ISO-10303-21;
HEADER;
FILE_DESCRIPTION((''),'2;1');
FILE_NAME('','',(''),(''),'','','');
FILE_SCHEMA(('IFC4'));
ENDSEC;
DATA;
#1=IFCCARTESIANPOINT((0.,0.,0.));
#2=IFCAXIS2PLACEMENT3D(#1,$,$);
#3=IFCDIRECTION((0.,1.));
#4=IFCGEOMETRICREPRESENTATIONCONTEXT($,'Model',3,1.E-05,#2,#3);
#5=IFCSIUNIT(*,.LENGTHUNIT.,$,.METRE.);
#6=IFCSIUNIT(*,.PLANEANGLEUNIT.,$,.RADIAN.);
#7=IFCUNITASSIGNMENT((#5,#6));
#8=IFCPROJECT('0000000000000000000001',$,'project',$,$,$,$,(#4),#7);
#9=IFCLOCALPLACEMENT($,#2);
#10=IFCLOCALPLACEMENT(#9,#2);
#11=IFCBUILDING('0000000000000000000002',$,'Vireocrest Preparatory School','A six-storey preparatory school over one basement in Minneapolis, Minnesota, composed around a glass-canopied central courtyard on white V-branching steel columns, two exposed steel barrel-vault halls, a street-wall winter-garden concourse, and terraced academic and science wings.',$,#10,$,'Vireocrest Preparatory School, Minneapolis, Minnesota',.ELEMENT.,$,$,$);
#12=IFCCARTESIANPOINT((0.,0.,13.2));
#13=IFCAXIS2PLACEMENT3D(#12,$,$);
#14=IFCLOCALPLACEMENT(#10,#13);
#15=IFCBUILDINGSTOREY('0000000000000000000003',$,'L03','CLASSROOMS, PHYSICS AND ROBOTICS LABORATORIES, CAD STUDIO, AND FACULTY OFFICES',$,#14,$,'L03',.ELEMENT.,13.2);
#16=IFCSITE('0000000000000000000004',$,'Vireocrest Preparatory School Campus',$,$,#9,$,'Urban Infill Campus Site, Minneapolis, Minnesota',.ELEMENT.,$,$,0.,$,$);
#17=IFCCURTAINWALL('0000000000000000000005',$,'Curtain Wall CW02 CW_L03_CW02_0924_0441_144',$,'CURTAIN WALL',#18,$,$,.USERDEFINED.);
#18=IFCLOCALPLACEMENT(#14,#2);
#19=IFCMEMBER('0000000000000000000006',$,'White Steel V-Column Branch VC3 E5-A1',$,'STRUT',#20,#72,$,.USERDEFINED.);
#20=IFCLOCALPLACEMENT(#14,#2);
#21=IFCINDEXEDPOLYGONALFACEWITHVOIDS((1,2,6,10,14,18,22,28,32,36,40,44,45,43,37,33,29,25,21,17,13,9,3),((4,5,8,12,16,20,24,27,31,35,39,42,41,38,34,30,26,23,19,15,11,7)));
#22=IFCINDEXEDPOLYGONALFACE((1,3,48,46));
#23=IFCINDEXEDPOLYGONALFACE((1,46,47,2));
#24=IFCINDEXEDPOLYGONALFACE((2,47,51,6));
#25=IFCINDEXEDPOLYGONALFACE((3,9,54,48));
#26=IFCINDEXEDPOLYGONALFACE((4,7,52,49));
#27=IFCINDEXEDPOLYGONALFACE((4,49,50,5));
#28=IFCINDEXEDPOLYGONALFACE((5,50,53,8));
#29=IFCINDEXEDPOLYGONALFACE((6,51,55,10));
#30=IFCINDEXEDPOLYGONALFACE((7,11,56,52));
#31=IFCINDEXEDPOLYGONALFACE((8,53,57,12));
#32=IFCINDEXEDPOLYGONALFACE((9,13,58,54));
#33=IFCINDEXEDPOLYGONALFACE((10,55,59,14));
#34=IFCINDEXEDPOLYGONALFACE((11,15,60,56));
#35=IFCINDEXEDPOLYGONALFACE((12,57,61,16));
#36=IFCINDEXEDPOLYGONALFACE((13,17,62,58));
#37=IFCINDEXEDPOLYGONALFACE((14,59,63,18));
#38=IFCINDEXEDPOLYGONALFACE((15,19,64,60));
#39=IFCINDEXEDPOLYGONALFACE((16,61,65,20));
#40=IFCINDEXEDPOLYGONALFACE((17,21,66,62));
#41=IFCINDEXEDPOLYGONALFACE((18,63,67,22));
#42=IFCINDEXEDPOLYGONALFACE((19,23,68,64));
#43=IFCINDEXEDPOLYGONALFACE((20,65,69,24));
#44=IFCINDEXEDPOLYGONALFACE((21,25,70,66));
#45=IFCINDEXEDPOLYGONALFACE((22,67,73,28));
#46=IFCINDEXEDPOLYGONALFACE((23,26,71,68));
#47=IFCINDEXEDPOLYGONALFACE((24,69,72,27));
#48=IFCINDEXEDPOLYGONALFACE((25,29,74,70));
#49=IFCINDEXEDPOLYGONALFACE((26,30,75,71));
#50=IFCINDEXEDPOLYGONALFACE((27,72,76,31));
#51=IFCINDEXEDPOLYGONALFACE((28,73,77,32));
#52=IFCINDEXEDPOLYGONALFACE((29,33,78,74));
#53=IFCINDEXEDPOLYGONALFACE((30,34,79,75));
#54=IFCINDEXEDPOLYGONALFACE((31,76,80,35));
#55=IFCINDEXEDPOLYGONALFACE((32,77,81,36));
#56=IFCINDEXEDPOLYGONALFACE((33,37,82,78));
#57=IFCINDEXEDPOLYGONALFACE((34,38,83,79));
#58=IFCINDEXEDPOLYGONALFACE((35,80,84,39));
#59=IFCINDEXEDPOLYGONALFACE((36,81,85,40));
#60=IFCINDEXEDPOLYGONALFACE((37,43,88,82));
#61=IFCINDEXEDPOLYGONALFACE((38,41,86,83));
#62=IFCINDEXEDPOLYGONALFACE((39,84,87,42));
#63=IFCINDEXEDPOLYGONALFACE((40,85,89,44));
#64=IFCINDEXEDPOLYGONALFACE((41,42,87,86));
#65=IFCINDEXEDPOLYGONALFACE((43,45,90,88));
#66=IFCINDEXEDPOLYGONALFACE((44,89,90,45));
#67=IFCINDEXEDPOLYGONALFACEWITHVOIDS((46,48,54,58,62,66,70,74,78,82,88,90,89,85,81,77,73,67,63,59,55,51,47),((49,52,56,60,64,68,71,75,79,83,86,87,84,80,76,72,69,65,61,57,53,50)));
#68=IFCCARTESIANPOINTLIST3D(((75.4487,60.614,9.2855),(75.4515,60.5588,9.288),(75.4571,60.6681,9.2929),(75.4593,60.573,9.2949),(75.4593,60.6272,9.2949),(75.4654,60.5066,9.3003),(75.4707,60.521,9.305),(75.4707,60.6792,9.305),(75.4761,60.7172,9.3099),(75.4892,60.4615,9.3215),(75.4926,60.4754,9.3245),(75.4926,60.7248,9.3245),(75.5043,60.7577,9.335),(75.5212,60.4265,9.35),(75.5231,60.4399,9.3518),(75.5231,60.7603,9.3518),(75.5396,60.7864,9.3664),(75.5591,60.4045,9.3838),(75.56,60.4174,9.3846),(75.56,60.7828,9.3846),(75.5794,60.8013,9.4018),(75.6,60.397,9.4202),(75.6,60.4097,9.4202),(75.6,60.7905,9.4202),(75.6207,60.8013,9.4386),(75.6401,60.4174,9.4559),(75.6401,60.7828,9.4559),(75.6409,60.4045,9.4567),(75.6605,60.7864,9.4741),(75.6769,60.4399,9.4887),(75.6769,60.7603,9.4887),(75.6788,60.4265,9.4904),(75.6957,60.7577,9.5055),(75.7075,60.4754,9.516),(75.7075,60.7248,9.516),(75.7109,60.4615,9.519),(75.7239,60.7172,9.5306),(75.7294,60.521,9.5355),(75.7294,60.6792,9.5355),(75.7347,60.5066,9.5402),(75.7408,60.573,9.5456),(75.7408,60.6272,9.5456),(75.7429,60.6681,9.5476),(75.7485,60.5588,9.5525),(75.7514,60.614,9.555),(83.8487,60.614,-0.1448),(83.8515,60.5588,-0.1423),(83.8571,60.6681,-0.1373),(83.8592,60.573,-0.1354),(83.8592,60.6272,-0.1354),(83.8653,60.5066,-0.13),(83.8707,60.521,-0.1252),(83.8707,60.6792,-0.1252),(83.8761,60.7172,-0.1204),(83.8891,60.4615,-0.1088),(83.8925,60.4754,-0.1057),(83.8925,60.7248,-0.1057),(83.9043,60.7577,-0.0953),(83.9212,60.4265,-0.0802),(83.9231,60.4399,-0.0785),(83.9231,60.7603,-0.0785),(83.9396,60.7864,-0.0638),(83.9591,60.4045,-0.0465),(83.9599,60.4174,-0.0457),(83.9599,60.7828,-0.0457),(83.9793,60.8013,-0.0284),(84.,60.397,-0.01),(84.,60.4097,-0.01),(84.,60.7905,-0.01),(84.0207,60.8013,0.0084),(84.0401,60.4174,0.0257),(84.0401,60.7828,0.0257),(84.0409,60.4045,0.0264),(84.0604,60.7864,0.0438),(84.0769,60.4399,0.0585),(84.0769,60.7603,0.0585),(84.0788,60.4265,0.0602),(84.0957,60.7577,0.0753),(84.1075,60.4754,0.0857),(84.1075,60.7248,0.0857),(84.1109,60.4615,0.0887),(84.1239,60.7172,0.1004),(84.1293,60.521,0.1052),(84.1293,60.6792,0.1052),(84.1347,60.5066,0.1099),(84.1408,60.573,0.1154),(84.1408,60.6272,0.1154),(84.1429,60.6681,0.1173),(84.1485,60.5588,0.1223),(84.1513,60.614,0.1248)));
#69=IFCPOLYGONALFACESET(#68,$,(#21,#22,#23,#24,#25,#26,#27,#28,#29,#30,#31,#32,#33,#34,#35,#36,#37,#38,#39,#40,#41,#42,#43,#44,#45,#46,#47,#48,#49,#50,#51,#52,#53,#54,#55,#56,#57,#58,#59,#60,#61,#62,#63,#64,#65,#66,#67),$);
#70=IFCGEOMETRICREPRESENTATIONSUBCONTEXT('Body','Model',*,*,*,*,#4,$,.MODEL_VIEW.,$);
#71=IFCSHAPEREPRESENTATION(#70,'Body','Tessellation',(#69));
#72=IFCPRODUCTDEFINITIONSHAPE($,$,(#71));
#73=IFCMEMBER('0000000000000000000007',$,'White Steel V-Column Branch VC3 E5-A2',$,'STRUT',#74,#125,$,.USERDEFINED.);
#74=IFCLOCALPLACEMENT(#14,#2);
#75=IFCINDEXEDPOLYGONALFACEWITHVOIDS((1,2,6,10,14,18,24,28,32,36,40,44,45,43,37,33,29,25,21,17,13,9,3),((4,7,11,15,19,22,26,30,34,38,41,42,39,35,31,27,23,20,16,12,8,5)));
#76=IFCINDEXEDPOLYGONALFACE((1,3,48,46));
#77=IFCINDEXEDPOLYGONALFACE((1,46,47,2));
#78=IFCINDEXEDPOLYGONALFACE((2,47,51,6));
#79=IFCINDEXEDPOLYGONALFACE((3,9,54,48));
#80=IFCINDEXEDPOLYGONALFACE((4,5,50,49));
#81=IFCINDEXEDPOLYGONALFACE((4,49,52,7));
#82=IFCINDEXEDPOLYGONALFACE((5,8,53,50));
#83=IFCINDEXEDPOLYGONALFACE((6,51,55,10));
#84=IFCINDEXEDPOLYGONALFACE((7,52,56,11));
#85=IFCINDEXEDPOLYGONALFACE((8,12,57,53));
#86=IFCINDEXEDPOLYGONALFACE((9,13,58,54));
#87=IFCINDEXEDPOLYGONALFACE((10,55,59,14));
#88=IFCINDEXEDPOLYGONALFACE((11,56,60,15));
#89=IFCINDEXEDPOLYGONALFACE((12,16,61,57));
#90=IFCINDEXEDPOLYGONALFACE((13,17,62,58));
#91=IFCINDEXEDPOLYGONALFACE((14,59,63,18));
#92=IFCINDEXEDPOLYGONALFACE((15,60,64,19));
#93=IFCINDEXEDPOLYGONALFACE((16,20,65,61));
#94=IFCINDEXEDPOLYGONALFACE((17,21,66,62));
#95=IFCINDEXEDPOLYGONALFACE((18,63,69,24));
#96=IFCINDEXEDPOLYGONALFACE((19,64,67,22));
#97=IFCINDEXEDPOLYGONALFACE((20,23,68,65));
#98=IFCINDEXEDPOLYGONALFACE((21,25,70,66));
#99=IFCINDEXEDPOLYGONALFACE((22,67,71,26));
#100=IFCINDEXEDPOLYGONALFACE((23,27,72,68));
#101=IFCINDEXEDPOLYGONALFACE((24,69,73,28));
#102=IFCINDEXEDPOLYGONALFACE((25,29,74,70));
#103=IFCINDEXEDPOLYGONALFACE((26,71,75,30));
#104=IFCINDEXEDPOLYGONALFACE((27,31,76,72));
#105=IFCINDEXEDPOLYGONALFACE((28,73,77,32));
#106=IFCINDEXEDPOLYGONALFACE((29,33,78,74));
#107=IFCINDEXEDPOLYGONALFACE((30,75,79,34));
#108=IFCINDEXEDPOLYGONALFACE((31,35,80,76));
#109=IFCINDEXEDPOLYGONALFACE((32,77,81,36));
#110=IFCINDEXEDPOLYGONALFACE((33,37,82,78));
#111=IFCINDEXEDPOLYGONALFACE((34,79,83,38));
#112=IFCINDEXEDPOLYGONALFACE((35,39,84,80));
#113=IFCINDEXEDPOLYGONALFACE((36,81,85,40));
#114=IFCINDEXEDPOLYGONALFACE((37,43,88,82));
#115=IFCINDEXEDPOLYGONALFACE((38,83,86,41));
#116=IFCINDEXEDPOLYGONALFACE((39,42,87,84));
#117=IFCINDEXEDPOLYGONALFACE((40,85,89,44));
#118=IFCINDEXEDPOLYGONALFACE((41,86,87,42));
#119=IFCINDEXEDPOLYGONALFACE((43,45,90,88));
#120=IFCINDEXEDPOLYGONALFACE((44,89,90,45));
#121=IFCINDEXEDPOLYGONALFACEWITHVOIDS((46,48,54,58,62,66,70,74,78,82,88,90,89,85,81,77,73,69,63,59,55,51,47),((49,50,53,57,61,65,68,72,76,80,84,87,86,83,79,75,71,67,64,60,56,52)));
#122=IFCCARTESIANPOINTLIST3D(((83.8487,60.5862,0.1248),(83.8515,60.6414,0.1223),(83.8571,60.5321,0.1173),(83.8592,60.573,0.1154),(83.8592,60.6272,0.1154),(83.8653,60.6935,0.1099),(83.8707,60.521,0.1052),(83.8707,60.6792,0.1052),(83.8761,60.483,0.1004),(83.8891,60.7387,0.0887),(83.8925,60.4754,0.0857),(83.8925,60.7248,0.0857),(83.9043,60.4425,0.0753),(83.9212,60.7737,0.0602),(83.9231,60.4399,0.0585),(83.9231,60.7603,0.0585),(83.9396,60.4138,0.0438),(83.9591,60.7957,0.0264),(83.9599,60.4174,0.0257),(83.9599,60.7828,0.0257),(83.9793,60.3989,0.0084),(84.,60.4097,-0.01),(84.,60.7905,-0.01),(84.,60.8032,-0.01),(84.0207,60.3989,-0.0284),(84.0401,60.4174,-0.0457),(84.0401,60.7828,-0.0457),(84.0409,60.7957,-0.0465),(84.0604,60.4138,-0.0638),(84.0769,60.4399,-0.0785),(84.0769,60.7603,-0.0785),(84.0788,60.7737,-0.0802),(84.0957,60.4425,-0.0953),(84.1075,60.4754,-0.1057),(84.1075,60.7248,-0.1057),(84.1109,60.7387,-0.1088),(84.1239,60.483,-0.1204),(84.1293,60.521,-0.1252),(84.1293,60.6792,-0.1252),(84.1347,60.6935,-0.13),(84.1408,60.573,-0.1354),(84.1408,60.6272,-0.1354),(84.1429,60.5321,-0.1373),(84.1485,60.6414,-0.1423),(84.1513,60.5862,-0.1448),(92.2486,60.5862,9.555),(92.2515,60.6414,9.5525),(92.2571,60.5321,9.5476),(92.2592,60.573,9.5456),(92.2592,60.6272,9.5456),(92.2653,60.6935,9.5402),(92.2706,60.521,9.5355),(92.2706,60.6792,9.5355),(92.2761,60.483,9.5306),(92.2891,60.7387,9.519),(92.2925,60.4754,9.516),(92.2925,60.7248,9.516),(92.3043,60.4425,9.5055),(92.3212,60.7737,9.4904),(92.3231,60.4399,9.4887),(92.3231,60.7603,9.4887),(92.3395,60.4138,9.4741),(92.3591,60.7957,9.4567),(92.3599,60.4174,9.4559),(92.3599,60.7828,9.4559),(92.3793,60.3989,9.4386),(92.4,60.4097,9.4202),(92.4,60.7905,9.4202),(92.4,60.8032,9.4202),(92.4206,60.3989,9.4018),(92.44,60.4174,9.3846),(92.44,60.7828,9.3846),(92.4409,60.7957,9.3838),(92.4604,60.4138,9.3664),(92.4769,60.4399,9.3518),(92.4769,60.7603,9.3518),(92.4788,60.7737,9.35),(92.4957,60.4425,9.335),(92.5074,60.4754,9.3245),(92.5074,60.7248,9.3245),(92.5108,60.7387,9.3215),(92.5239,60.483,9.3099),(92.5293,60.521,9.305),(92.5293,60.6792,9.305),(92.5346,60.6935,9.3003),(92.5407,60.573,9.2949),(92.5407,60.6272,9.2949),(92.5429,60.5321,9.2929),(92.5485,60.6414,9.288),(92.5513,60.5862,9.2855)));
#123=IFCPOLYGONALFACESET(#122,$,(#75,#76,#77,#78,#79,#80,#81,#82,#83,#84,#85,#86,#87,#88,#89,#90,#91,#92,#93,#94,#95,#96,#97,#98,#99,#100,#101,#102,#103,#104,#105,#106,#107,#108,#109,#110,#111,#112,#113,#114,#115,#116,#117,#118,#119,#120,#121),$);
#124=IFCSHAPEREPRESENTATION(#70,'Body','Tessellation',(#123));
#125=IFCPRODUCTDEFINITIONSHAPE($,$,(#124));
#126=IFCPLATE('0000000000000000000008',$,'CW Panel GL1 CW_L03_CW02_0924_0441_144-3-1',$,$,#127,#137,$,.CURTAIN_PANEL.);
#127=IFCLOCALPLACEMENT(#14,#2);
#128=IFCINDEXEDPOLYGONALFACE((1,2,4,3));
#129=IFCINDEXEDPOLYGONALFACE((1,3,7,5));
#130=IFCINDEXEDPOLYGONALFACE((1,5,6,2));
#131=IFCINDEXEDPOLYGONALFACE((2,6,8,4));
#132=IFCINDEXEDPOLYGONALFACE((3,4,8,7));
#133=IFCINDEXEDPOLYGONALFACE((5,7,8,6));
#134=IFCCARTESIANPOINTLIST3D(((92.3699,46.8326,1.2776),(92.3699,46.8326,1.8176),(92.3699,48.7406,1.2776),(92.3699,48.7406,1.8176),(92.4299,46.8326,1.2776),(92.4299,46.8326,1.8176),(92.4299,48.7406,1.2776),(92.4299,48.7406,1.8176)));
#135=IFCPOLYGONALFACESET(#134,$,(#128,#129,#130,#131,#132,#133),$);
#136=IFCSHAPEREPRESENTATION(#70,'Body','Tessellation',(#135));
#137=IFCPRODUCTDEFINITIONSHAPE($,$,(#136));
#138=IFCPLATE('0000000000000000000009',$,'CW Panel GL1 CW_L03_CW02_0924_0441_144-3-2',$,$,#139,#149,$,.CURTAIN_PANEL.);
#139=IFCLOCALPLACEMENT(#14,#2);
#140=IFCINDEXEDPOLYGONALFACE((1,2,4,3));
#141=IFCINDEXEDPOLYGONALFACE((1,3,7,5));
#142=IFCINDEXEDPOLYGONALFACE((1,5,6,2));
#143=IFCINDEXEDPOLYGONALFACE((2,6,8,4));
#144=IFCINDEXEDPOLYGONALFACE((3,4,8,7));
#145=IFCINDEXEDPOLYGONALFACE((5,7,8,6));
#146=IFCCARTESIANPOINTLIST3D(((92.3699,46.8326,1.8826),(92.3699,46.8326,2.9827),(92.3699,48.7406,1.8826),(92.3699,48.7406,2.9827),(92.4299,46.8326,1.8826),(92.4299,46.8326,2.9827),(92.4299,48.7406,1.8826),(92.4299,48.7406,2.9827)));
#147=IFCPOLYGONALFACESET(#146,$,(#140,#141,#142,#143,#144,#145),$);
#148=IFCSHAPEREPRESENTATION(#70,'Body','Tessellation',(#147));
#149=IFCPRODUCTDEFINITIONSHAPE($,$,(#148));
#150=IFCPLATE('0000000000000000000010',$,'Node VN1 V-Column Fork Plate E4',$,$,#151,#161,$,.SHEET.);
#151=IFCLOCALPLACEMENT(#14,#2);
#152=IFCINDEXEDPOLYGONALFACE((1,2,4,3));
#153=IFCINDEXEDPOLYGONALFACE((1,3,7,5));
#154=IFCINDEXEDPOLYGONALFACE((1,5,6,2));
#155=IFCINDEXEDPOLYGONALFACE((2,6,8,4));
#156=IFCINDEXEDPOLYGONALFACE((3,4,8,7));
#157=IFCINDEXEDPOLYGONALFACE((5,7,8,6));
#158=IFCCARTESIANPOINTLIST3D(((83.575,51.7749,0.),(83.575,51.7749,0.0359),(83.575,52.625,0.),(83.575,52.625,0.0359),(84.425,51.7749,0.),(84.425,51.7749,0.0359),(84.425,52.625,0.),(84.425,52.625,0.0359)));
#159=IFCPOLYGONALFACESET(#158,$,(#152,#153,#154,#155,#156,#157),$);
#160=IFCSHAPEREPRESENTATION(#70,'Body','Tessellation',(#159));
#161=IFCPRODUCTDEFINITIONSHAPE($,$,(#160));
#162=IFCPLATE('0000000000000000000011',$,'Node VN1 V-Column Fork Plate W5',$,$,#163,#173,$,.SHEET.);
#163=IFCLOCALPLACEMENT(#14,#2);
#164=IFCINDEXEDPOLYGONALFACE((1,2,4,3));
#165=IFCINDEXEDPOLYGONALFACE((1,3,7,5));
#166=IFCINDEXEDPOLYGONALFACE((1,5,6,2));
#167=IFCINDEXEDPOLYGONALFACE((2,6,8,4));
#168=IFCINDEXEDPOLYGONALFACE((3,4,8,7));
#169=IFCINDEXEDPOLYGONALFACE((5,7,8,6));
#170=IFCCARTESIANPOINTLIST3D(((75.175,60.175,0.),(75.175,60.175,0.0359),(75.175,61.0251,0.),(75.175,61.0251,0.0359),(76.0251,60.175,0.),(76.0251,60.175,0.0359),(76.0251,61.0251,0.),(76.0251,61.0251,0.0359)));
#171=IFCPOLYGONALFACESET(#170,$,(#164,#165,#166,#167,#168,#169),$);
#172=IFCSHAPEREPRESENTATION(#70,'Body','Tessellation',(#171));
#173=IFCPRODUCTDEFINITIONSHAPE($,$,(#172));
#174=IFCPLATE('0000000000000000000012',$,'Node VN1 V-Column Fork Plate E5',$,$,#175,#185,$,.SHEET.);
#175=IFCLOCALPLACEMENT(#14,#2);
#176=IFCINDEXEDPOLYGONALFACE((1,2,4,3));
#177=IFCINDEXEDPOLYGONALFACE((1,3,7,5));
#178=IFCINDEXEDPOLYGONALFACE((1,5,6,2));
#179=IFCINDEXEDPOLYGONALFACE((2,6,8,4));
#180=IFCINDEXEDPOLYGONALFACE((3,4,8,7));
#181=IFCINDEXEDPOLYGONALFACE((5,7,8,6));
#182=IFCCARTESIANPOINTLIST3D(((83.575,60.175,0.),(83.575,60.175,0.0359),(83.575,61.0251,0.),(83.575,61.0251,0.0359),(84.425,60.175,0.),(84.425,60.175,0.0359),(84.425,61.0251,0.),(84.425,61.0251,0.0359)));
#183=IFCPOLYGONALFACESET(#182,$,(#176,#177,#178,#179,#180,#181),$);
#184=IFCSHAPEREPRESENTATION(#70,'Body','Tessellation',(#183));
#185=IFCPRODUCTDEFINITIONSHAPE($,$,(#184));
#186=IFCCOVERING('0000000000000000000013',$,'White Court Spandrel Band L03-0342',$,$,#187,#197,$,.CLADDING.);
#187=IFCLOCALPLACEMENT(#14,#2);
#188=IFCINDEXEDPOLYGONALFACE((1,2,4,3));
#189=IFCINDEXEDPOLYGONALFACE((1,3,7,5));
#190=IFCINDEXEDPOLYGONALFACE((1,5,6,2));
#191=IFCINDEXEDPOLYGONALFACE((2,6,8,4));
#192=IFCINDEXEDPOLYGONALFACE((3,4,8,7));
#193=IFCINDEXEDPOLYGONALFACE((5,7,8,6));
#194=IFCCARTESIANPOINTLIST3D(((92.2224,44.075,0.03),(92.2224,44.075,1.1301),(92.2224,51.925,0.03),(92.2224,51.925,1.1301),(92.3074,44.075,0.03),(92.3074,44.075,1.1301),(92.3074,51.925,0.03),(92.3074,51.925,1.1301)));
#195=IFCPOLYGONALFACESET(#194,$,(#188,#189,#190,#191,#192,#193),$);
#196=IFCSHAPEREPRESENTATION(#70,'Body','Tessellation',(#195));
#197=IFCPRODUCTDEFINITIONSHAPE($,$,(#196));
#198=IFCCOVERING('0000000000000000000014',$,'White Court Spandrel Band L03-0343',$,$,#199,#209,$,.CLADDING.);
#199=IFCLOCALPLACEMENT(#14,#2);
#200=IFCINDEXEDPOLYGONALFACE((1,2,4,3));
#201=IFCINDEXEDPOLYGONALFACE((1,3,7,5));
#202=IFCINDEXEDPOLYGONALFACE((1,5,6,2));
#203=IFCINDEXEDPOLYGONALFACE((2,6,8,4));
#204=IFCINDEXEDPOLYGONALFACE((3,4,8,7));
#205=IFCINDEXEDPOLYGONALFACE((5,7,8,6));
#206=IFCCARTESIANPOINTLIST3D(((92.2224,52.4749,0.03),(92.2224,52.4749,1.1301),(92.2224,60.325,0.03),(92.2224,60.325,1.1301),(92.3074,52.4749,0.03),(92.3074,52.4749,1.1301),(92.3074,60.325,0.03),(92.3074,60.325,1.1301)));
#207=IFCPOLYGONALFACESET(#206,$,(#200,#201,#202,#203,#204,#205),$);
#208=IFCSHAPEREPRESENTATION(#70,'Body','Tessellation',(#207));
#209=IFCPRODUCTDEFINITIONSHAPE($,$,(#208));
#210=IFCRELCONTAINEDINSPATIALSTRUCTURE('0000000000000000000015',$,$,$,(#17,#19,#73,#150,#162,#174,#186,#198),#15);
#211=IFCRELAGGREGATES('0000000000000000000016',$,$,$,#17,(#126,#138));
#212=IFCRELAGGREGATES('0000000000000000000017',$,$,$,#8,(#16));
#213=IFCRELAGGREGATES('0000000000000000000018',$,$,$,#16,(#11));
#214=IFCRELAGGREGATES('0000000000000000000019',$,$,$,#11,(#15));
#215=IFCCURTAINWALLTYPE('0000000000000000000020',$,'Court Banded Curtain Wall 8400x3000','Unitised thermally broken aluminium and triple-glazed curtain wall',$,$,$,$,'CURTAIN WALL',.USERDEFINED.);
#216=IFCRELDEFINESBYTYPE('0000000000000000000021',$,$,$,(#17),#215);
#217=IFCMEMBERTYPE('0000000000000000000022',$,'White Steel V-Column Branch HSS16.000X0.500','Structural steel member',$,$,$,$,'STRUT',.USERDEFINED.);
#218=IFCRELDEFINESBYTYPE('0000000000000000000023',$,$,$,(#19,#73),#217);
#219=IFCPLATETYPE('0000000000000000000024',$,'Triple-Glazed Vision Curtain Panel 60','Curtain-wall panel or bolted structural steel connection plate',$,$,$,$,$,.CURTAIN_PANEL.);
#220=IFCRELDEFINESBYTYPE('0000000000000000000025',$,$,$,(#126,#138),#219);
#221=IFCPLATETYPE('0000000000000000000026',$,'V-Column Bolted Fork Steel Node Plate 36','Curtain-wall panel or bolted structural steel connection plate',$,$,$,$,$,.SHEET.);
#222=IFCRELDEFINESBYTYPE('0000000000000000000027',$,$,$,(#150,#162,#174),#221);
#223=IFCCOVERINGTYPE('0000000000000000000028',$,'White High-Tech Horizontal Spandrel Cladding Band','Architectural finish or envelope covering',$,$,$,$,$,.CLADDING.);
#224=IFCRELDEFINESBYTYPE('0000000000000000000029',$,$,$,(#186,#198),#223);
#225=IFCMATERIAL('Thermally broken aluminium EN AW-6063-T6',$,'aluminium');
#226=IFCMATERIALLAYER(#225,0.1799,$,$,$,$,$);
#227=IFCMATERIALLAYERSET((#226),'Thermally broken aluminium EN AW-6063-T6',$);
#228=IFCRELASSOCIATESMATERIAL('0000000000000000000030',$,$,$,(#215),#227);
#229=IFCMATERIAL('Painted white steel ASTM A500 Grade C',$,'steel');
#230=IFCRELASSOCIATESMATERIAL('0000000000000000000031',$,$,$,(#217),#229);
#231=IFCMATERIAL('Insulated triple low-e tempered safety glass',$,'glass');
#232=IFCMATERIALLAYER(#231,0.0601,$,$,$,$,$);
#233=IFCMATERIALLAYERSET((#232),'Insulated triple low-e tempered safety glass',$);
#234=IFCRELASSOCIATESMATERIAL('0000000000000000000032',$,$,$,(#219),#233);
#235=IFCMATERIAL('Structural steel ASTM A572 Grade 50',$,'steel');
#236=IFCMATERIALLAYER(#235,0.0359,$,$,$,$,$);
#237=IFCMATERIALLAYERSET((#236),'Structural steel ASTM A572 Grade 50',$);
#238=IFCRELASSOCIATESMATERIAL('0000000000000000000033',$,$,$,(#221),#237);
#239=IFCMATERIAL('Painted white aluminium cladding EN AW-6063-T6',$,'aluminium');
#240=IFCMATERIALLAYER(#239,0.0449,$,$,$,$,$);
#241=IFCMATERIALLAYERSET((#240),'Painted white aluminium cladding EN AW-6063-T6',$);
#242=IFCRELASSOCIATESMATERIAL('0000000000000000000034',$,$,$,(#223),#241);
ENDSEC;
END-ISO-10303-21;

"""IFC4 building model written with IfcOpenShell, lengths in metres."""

from ifc_helpers import new_model, si_unit, direction, frame, origin, origin_2d, place, context, subcontext, project, spatial, rectangle, hollow_circle, extrude, material, layer, layer_set, material_profile, profile_set, type_object, element, aggregate, save


model = new_model("IFC4")

# Units and contexts
model_context = context("Model", 3, precision=1e-05, world=origin(), true_north=direction((0.0, 1.0)))
body_context = subcontext(model_context, "Body", "Model", "MODEL_VIEW")
ifc_project = project(units=[si_unit("LENGTHUNIT", "METRE"), si_unit("PLANEANGLEUNIT", "RADIAN")], contexts=[model_context])

# Site, building, storey
site_placement = place(None, origin())
site = spatial("IfcSite", under=ifc_project, at=site_placement, Name="Vireocrest Preparatory School Campus", LongName="Urban Infill Campus Site, Minneapolis, Minnesota", CompositionType="ELEMENT", RefElevation=0.0)
building_placement = place(site_placement, origin())
building = spatial("IfcBuilding", under=site, at=building_placement, Name="Vireocrest Preparatory School", Description="A six-storey preparatory school over one basement in Minneapolis, Minnesota, composed around a glass-canopied central courtyard on white V-branching steel columns, two exposed steel barrel-vault halls, a street-wall winter-garden concourse, and terraced academic and science wings.", LongName="Vireocrest Preparatory School, Minneapolis, Minnesota", CompositionType="ELEMENT")
storey_placement = place(building_placement, frame((0.0, 0.0, 13.2)))
storey = spatial("IfcBuildingStorey", under=building, at=storey_placement, Name="L03", Description="CLASSROOMS, PHYSICS AND ROBOTICS LABORATORIES, CAD STUDIO, AND FACULTY OFFICES", LongName="L03", CompositionType="ELEMENT", Elevation=13.2)

# Curtain wall
ifc_material_1 = material(Name="Thermally broken aluminium EN AW-6063-T6", Category="aluminium")
ifc_layer_1 = layer(ifc_material_1, 0.1799)
ifc_layer_set_1 = layer_set([ifc_layer_1], Name="Thermally broken aluminium EN AW-6063-T6")
curtain_wall_type = type_object("IfcCurtainWallType", Name="Court Banded Curtain Wall 8400x3000", Description="Unitised thermally broken aluminium and triple-glazed curtain wall", ElementType="CURTAIN WALL", PredefinedType="USERDEFINED", material=ifc_layer_set_1)
curtain_wall_placement = place(storey_placement, origin())
curtain_wall = element("IfcCurtainWall", 1, at=curtain_wall_placement, inside=storey, type_object=curtain_wall_type, Name="Curtain Wall CW02 CW_L03_CW02_0924_0441_144", ObjectType="CURTAIN WALL", PredefinedType="USERDEFINED")

# Members
ifc_material_2 = material(Name="Painted white steel ASTM A500 Grade C", Category="steel")
ifc_material_profile_1 = material_profile(ifc_material_2, hollow_circle(Radius=0.2031, WallThickness=0.0127, at=origin_2d()), Name="HSS16.000X0.500")
ifc_profile_set_1 = profile_set([ifc_material_profile_1], Name="Painted white steel ASTM A500 Grade C")
member_type_1 = type_object("IfcMemberType", Name="White Steel V-Column Branch HSS16.000X0.500", Description="Structural steel member", ElementType="STRUT", PredefinedType="USERDEFINED", material=ifc_profile_set_1)
for number, where, z_axis, x_axis, name in (
    (2, (84.0, 60.6001, -0.01), (-0.665139, 0.0, 0.74672), (0.0, -1.0, 0.0), "White Steel V-Column Branch VC3 E5-A1"),
    (3, (84.0, 60.6001, -0.01), (0.665139, 0.0, 0.74672), (0.0, 1.0, 0.0), "White Steel V-Column Branch VC3 E5-A2"),
):
    element("IfcMember", number, at=place(storey_placement, frame(where, z_axis=z_axis, x_axis=x_axis)), inside=storey, type_object=member_type_1, Name=name, ObjectType="STRUT", PredefinedType="USERDEFINED", context=body_context, shape_type="SweptSolid", body=[
        extrude(hollow_circle(Radius=0.2031, WallThickness=0.0127, at=origin_2d()), origin(), (0.0, 0.0, 1.0), 12.6289),
    ])

# Plates
ifc_material_3 = material(Name="Insulated triple low-e tempered safety glass", Category="glass")
ifc_layer_2 = layer(ifc_material_3, 0.0601)
ifc_layer_set_2 = layer_set([ifc_layer_2], Name="Insulated triple low-e tempered safety glass")
plate_type_1 = type_object("IfcPlateType", Name="Triple-Glazed Vision Curtain Panel 60", Description="Curtain-wall panel or bolted structural steel connection plate", PredefinedType="CURTAIN_PANEL", material=ifc_layer_set_2)
plate_1_placement = place(storey_placement, frame((92.3999, 47.7866, 1.2776), z_axis=(0.0, 0.0, 1.0), x_axis=(0.0, 1.0, 0.0)))
plate_1 = element("IfcPlate", 4, at=plate_1_placement, type_object=plate_type_1, Name="CW Panel GL1 CW_L03_CW02_0924_0441_144-3-1", PredefinedType="CURTAIN_PANEL", context=body_context, shape_type="SweptSolid", body=[
    extrude(rectangle(XDim=1.908, YDim=0.0601, at=origin_2d()), origin(), (0.0, 0.0, 1.0), 0.54),
])
plate_2_placement = place(storey_placement, frame((92.3999, 47.7866, 1.8826), z_axis=(0.0, 0.0, 1.0), x_axis=(0.0, 1.0, 0.0)))
plate_2 = element("IfcPlate", 5, at=plate_2_placement, type_object=plate_type_1, Name="CW Panel GL1 CW_L03_CW02_0924_0441_144-3-2", PredefinedType="CURTAIN_PANEL", context=body_context, shape_type="SweptSolid", body=[
    extrude(rectangle(XDim=1.908, YDim=0.0601, at=origin_2d()), origin(), (0.0, 0.0, 1.0), 1.1001),
])
aggregate(curtain_wall, [plate_1, plate_2])

# Plates
ifc_material_4 = material(Name="Structural steel ASTM A572 Grade 50", Category="steel")
ifc_layer_3 = layer(ifc_material_4, 0.0359)
ifc_layer_set_3 = layer_set([ifc_layer_3], Name="Structural steel ASTM A572 Grade 50")
plate_type_2 = type_object("IfcPlateType", Name="V-Column Bolted Fork Steel Node Plate 36", Description="Curtain-wall panel or bolted structural steel connection plate", PredefinedType="SHEET", material=ifc_layer_set_3)
for number, where, z_axis, x_axis, name in (
    (6, (84.0, 52.2, 0.0), (0.0, 0.0, 1.0), (1.0, 0.0, 0.0), "Node VN1 V-Column Fork Plate E4"),
    (7, (75.6001, 60.6001, 0.0), (0.0, 0.0, 1.0), (1.0, 0.0, 0.0), "Node VN1 V-Column Fork Plate W5"),
    (8, (84.0, 60.6001, 0.0), (0.0, 0.0, 1.0), (1.0, 0.0, 0.0), "Node VN1 V-Column Fork Plate E5"),
):
    element("IfcPlate", number, at=place(storey_placement, frame(where, z_axis=z_axis, x_axis=x_axis)), inside=storey, type_object=plate_type_2, Name=name, PredefinedType="SHEET", context=body_context, shape_type="SweptSolid", body=[
        extrude(rectangle(XDim=0.8501, YDim=0.8501, at=origin_2d()), origin(), (0.0, 0.0, 1.0), 0.0359),
    ])

# Coverings
ifc_material_5 = material(Name="Painted white aluminium cladding EN AW-6063-T6", Category="aluminium")
ifc_layer_4 = layer(ifc_material_5, 0.0449)
ifc_layer_set_4 = layer_set([ifc_layer_4], Name="Painted white aluminium cladding EN AW-6063-T6")
covering_type = type_object("IfcCoveringType", Name="White High-Tech Horizontal Spandrel Cladding Band", Description="Architectural finish or envelope covering", PredefinedType="CLADDING", material=ifc_layer_set_4)
for number, where, z_axis, x_axis, name in (
    (9, (92.2649, 48.0, 0.03), (0.0, 0.0, 1.0), (1.0, 0.0, 0.0), "White Court Spandrel Band L03-0342"),
    (10, (92.2649, 56.3999, 0.03), (0.0, 0.0, 1.0), (1.0, 0.0, 0.0), "White Court Spandrel Band L03-0343"),
):
    element("IfcCovering", number, at=place(storey_placement, frame(where, z_axis=z_axis, x_axis=x_axis)), inside=storey, type_object=covering_type, Name=name, PredefinedType="CLADDING", context=body_context, shape_type="SweptSolid", body=[
        extrude(rectangle(XDim=0.085, YDim=7.8501, at=origin_2d()), origin(), (0.0, 0.0, 1.0), 1.1001),
    ])

save(model, "model.ifc")
